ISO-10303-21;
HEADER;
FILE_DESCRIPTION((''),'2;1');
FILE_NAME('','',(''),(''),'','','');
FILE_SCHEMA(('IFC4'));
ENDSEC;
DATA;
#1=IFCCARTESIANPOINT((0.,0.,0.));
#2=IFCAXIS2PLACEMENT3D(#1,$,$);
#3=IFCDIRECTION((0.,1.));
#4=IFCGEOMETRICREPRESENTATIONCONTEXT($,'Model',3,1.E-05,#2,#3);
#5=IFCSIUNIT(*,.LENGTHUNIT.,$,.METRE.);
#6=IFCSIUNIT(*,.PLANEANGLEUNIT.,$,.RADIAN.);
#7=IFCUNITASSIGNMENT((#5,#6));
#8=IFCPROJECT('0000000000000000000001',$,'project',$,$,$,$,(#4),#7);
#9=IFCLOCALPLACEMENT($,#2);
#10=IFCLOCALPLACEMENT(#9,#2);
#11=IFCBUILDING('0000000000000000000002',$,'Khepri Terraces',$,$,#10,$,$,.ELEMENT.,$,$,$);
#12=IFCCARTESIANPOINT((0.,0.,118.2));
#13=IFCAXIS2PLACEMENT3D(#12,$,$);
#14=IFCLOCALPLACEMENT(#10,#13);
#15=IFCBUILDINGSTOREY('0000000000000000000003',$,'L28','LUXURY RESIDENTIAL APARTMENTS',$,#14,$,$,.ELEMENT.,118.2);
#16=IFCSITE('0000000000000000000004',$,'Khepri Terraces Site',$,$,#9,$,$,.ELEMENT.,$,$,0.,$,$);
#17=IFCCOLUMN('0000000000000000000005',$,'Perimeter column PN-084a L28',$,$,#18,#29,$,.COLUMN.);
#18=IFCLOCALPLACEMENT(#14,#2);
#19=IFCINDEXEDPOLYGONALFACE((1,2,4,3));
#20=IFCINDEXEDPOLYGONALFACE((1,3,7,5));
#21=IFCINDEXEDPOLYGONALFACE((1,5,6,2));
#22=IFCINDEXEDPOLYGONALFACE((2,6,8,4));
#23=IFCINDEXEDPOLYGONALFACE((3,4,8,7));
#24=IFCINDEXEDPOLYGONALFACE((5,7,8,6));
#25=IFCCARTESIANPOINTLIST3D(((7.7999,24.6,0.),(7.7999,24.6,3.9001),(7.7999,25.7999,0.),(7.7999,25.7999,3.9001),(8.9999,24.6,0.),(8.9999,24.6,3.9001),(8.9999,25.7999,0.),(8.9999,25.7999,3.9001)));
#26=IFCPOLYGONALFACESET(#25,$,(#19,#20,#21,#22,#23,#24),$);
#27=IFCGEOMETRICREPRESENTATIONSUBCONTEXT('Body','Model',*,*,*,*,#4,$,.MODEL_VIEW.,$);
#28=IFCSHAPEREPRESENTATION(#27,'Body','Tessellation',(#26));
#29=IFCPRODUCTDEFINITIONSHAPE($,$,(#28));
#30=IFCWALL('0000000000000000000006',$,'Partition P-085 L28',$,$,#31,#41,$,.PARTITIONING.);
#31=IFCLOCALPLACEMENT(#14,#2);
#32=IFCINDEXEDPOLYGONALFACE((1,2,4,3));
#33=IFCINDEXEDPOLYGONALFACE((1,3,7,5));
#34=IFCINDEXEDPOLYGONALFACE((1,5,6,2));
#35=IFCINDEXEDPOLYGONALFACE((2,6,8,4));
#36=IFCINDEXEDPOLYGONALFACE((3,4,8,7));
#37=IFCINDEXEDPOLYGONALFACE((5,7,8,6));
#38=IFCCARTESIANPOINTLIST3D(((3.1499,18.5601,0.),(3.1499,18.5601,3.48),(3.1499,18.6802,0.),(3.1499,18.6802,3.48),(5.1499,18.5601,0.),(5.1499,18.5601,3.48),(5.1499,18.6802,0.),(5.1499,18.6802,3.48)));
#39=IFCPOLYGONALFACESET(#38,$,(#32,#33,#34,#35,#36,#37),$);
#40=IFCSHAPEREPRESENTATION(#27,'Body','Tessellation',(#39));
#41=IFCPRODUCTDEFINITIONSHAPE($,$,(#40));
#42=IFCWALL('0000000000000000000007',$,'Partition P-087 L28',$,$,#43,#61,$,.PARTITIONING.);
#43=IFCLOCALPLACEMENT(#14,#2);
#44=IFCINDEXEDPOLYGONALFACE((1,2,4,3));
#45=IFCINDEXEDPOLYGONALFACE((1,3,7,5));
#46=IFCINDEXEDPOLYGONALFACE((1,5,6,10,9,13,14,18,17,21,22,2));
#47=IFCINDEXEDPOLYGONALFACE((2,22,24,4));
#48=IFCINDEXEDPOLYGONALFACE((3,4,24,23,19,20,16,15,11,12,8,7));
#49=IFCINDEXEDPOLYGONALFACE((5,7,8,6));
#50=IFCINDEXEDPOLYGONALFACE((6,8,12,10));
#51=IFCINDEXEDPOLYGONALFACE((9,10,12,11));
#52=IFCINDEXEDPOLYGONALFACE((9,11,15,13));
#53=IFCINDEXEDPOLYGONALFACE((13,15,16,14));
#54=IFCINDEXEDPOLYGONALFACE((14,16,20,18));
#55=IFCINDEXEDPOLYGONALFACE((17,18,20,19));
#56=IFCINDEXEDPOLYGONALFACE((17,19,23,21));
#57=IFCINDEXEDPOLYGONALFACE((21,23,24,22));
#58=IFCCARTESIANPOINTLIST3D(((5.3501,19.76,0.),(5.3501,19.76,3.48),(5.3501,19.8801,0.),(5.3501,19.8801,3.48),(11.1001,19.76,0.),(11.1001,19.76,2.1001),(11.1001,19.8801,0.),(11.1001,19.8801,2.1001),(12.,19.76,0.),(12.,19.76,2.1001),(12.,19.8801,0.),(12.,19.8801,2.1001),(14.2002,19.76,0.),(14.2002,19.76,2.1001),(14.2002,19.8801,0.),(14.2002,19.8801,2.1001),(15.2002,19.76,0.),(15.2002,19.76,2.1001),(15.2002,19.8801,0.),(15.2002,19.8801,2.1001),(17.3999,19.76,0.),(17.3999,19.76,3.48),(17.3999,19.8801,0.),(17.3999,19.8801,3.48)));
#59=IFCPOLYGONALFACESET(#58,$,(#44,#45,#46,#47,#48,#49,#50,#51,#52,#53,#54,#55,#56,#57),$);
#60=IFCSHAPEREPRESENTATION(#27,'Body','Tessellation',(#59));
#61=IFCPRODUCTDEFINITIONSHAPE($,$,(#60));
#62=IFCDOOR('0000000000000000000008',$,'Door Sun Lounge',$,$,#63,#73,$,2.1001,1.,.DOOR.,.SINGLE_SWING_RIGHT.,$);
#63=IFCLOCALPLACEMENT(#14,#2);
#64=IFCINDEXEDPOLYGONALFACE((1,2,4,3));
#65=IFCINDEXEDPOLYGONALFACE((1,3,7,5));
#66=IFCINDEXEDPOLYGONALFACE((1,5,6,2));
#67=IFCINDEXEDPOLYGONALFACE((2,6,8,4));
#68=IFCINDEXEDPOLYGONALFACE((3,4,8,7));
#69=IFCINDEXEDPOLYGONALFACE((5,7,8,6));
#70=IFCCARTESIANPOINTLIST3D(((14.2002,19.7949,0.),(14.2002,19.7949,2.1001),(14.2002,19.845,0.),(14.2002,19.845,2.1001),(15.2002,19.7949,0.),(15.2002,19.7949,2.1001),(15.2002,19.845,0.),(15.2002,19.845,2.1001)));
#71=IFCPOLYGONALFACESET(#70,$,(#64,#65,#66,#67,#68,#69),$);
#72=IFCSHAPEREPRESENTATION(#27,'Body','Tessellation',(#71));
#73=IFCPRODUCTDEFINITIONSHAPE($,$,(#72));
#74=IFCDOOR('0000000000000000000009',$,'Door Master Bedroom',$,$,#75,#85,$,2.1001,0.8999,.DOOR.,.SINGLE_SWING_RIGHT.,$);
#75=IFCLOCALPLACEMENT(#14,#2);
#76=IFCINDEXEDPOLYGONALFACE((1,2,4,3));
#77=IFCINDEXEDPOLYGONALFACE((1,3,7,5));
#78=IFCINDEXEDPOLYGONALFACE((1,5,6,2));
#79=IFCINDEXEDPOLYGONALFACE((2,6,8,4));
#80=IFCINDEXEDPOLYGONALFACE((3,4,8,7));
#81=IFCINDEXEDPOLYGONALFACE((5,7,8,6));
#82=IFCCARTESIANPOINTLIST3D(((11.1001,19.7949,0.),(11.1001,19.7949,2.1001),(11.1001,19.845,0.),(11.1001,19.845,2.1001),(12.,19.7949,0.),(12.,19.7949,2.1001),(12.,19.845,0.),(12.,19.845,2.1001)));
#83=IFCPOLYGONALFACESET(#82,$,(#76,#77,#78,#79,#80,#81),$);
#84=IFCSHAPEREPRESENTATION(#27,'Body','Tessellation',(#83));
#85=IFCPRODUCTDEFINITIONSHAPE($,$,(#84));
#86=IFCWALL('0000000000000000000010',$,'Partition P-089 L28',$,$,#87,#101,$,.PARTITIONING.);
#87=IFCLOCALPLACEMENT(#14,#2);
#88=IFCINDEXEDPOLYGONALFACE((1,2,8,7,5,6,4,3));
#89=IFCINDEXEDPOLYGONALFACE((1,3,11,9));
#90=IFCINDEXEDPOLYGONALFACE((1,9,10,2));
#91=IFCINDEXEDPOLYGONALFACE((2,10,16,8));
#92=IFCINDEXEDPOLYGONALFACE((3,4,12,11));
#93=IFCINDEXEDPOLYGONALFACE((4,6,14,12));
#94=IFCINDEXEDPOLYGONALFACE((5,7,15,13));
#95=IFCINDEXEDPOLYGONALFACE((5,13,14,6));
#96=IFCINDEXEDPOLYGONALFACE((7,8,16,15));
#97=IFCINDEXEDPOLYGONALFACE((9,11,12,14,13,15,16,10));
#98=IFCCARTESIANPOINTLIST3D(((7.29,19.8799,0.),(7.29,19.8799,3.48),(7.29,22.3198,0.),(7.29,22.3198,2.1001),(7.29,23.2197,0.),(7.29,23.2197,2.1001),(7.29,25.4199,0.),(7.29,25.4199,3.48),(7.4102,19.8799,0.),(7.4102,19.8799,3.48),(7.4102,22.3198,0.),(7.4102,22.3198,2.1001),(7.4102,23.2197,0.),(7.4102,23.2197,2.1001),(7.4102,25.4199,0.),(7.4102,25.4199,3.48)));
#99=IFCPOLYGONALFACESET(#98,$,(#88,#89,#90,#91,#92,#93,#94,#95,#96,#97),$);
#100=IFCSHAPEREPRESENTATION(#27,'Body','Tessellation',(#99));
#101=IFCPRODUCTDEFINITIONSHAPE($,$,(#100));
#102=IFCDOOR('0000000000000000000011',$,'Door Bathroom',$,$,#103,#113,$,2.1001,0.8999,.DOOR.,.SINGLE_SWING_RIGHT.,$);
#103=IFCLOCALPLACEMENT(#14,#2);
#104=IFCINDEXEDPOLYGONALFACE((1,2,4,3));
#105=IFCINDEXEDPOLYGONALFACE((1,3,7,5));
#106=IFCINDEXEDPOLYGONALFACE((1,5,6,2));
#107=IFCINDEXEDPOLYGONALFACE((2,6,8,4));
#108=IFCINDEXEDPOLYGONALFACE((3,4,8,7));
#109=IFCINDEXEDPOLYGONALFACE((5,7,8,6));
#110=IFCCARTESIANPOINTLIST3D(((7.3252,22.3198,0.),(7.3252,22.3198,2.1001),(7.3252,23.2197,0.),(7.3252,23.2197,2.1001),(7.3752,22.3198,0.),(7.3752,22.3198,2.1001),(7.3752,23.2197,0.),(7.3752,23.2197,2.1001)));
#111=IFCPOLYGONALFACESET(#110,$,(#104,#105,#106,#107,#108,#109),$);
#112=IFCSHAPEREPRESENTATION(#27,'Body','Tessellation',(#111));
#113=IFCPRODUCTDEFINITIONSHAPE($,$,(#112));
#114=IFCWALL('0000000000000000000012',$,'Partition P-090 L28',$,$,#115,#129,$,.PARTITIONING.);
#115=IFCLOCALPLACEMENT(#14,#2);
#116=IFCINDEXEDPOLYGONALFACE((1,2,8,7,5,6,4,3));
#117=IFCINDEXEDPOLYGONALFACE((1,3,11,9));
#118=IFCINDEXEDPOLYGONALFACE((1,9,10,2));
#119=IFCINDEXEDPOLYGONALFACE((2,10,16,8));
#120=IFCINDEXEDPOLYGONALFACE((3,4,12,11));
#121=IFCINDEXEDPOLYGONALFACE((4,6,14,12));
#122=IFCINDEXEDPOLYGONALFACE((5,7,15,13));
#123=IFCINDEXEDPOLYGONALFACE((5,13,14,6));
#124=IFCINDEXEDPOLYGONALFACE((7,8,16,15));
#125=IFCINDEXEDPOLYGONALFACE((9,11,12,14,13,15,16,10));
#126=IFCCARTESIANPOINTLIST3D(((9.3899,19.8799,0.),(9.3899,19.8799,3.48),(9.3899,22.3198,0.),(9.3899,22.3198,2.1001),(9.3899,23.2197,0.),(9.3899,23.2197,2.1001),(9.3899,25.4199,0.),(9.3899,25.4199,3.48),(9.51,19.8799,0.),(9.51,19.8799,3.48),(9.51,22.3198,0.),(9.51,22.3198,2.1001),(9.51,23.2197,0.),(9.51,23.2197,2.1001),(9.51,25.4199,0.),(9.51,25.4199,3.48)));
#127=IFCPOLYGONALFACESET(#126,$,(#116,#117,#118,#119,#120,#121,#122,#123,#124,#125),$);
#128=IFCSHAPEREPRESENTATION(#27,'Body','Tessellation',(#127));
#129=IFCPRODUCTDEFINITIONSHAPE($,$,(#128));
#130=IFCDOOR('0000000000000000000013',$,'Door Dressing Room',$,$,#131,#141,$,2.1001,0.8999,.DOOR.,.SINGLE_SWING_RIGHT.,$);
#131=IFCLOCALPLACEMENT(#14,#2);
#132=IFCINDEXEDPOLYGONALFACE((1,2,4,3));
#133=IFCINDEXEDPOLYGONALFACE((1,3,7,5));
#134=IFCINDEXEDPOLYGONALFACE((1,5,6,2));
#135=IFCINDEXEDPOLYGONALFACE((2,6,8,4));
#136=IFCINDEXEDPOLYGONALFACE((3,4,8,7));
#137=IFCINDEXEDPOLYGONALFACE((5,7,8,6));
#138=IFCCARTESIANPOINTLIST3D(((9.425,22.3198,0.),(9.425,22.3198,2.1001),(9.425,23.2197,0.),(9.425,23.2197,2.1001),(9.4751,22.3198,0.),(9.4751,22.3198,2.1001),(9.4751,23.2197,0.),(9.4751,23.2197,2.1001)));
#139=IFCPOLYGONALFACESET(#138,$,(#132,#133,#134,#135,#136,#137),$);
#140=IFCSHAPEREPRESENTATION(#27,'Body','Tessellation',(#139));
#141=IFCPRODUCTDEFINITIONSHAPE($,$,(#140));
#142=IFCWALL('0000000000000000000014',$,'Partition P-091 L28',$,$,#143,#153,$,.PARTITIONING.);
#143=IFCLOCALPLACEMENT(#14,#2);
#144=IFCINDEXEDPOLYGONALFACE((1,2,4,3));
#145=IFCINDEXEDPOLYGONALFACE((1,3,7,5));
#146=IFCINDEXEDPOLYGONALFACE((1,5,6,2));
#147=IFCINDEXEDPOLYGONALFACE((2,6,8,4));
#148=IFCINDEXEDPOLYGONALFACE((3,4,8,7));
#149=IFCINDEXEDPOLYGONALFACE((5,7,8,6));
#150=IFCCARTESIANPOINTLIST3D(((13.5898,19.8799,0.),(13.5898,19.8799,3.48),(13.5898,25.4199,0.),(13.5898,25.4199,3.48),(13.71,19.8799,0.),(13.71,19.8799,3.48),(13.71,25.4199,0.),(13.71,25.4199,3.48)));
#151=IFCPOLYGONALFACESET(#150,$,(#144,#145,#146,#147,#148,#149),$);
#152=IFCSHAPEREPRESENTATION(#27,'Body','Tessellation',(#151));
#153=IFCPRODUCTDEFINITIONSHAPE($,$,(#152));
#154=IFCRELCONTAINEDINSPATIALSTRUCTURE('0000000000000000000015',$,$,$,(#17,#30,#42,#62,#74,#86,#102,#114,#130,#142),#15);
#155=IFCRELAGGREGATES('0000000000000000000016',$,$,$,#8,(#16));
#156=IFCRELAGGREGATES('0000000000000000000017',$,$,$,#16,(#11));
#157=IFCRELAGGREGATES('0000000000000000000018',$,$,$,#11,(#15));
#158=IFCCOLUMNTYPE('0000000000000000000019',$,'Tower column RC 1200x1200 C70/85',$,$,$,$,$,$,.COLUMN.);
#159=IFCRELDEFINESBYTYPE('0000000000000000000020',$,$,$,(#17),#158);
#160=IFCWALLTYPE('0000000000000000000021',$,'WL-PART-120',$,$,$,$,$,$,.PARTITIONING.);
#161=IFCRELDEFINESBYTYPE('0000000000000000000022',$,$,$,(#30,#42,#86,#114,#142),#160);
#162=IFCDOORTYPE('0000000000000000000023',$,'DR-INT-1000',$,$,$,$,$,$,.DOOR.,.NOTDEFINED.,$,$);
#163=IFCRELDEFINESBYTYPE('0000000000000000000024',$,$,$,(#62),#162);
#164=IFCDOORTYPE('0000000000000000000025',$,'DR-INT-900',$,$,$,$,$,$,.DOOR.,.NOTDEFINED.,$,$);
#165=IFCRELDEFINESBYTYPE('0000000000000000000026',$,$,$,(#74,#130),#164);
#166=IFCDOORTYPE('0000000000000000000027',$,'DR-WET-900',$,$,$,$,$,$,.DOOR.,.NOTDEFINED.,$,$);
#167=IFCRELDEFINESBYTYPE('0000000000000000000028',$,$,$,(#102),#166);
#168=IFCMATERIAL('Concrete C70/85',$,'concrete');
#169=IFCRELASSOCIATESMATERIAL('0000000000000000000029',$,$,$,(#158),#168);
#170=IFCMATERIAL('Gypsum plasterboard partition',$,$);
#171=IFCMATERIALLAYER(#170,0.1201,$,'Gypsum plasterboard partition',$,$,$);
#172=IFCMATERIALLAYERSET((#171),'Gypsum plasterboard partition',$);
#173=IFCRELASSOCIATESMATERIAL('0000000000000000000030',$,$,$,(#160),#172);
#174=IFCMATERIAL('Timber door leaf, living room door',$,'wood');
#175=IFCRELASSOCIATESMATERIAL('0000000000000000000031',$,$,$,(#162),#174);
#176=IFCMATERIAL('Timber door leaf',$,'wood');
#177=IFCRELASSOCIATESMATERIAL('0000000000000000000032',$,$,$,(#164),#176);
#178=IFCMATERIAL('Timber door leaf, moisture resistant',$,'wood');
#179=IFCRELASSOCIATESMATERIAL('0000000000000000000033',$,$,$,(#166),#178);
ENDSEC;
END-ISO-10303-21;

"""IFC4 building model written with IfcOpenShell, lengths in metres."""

from ifc_helpers import new_model, si_unit, direction, frame, frame_2d, origin, origin_2d, place, context, subcontext, project, spatial, rectangle, extrude, material, layer, layer_set, material_profile, profile_set, type_object, element, fill, save


model = new_model("IFC4")

# Units and contexts
model_context = context("Model", 3, precision=1e-05, world=origin(), true_north=direction((0.0, 1.0)))
body_context = subcontext(model_context, "Body", "Model", "MODEL_VIEW")
ifc_project = project(units=[si_unit("LENGTHUNIT", "METRE"), si_unit("PLANEANGLEUNIT", "RADIAN")], contexts=[model_context])

# Site, building, storey
site_placement = place(None, origin())
site = spatial("IfcSite", under=ifc_project, at=site_placement, Name="Khepri Terraces Site", CompositionType="ELEMENT", RefElevation=0.0)
building_placement = place(site_placement, origin())
building = spatial("IfcBuilding", under=site, at=building_placement, Name="Khepri Terraces", CompositionType="ELEMENT")
storey_placement = place(building_placement, frame((0.0, 0.0, 118.2)))
storey = spatial("IfcBuildingStorey", under=building, at=storey_placement, Name="L28", Description="LUXURY RESIDENTIAL APARTMENTS", CompositionType="ELEMENT", Elevation=118.2)

# Column
ifc_material_1 = material(Name="Concrete C70/85", Category="concrete")
ifc_material_profile = material_profile(ifc_material_1, rectangle(XDim=1.2, YDim=1.2, at=origin_2d()), Name="Concrete C70/85", Category="concrete")
ifc_profile_set = profile_set([ifc_material_profile], Name="Concrete C70/85")
column_type = type_object("IfcColumnType", Name="Tower column RC 1200x1200 C70/85", PredefinedType="COLUMN", material=ifc_profile_set)
column_placement = place(storey_placement, frame((8.3999, 25.2, 0.0), z_axis=(0.0, 0.0, 1.0), x_axis=(1.0, 0.0, 0.0)))
element("IfcColumn", 1, at=column_placement, inside=storey, type_object=column_type, Name="Perimeter column PN-084a L28", PredefinedType="COLUMN", context=body_context, shape_type="SweptSolid", body=[
    extrude(rectangle(XDim=1.2, YDim=1.2, at=origin_2d()), origin(), (0.0, 0.0, 1.0), 3.9001),
])

# Wall
ifc_material_2 = material(Name="Gypsum plasterboard partition")
ifc_layer_1 = layer(ifc_material_2, 0.1201, Name="Gypsum plasterboard partition")
ifc_layer_set_1 = layer_set([ifc_layer_1], Name="Gypsum plasterboard partition")
wall_type_1 = type_object("IfcWallType", Name="WL-PART-120", PredefinedType="PARTITIONING", material=ifc_layer_set_1)
wall_1_placement = place(storey_placement, frame((3.1499, 18.6201, 0.0), z_axis=(0.0, 0.0, 1.0), x_axis=(1.0, 0.0, 0.0)))
element("IfcWall", 2, at=wall_1_placement, inside=storey, type_object=wall_type_1, Name="Partition P-085 L28", PredefinedType="PARTITIONING", context=body_context, shape_type="SweptSolid", body=[
    extrude(rectangle(XDim=2.0, YDim=0.1201, at=frame_2d((1.0, 0.0))), origin(), (0.0, 0.0, 1.0), 3.48),
])

# Wall, openings, doors
wall_2_placement = place(storey_placement, frame((5.3501, 19.8201, 0.0), z_axis=(0.0, 0.0, 1.0), x_axis=(1.0, 0.0, 0.0)))
wall_2 = element("IfcWall", 3, at=wall_2_placement, inside=storey, type_object=wall_type_1, Name="Partition P-087 L28", PredefinedType="PARTITIONING", context=body_context, shape_type="SweptSolid", body=[
    extrude(rectangle(XDim=12.0498, YDim=0.1201, at=frame_2d((6.0249, 0.0))), origin(), (0.0, 0.0, 1.0), 3.48),
])
opening_1_placement = place(wall_2_placement, frame((8.8501, 0.0, 0.0)))
opening_1 = element("IfcOpeningElement", 4, at=opening_1_placement, cuts=wall_2, PredefinedType="OPENING", context=body_context, shape_type="SweptSolid", body=[
    extrude(rectangle(XDim=1.0, YDim=2.1001, at=frame_2d((0.5, 1.05))), frame((0.0, 0.0701, 0.0), z_axis=(0.0, -1.0, 0.0), x_axis=(1.0, 0.0, 0.0)), (0.0, 0.0, 1.0), 0.1401),
])
opening_2_placement = place(wall_2_placement, frame((5.75, 0.0, 0.0)))
opening_2 = element("IfcOpeningElement", 5, at=opening_2_placement, cuts=wall_2, PredefinedType="OPENING", context=body_context, shape_type="SweptSolid", body=[
    extrude(rectangle(XDim=0.8999, YDim=2.1001, at=frame_2d((0.45, 1.05))), frame((0.0, 0.0701, 0.0), z_axis=(0.0, -1.0, 0.0), x_axis=(1.0, 0.0, 0.0)), (0.0, 0.0, 1.0), 0.1401),
])
ifc_material_3 = material(Name="Timber door leaf, living room door", Category="wood")
door_type_1 = type_object("IfcDoorType", Name="DR-INT-1000", OperationType="NOTDEFINED", PredefinedType="DOOR", material=ifc_material_3)
door_1_placement = place(opening_1_placement, origin())
door_1 = element("IfcDoor", 6, at=door_1_placement, inside=storey, type_object=door_type_1, Name="Door Sun Lounge", OperationType="SINGLE_SWING_RIGHT", OverallHeight=2.1001, OverallWidth=1.0, PredefinedType="DOOR", context=body_context, shape_type="SweptSolid", body=[
    extrude(rectangle(XDim=1.0, YDim=2.1001, at=frame_2d((0.5, 1.05))), frame((0.0, 0.0249, 0.0), z_axis=(0.0, -1.0, 0.0), x_axis=(1.0, 0.0, 0.0)), (0.0, 0.0, 1.0), 0.05),
])
fill(opening_1, door_1)
ifc_material_4 = material(Name="Timber door leaf", Category="wood")
door_type_2 = type_object("IfcDoorType", Name="DR-INT-900", OperationType="NOTDEFINED", PredefinedType="DOOR", material=ifc_material_4)
door_2_placement = place(opening_2_placement, origin())
door_2 = element("IfcDoor", 7, at=door_2_placement, inside=storey, type_object=door_type_2, Name="Door Master Bedroom", OperationType="SINGLE_SWING_RIGHT", OverallHeight=2.1001, OverallWidth=0.8999, PredefinedType="DOOR", context=body_context, shape_type="SweptSolid", body=[
    extrude(rectangle(XDim=0.8999, YDim=2.1001, at=frame_2d((0.45, 1.05))), frame((0.0, 0.0249, 0.0), z_axis=(0.0, -1.0, 0.0), x_axis=(1.0, 0.0, 0.0)), (0.0, 0.0, 1.0), 0.05),
])
fill(opening_2, door_2)

# Walls, openings, doors
wall_3_placement = place(storey_placement, frame((7.3501, 19.8799, 0.0), z_axis=(0.0, 0.0, 1.0), x_axis=(0.0, 1.0, 0.0)))
wall_3 = element("IfcWall", 8, at=wall_3_placement, inside=storey, type_object=wall_type_1, Name="Partition P-089 L28", PredefinedType="PARTITIONING", context=body_context, shape_type="SweptSolid", body=[
    extrude(rectangle(XDim=5.54, YDim=0.1201, at=frame_2d((2.77, 0.0))), origin(), (0.0, 0.0, 1.0), 3.48),
])
opening_3_placement = place(wall_3_placement, frame((2.4399, 0.0, 0.0)))
opening_3 = element("IfcOpeningElement", 9, at=opening_3_placement, cuts=wall_3, PredefinedType="OPENING", context=body_context, shape_type="SweptSolid", body=[
    extrude(rectangle(XDim=0.8999, YDim=2.1001, at=frame_2d((0.45, 1.05))), frame((0.0, 0.0701, 0.0), z_axis=(0.0, -1.0, 0.0), x_axis=(1.0, 0.0, 0.0)), (0.0, 0.0, 1.0), 0.1401),
])
ifc_material_5 = material(Name="Timber door leaf, moisture resistant", Category="wood")
door_type_3 = type_object("IfcDoorType", Name="DR-WET-900", OperationType="NOTDEFINED", PredefinedType="DOOR", material=ifc_material_5)
door_3_placement = place(opening_3_placement, origin())
door_3 = element("IfcDoor", 10, at=door_3_placement, inside=storey, type_object=door_type_3, Name="Door Bathroom", OperationType="SINGLE_SWING_RIGHT", OverallHeight=2.1001, OverallWidth=0.8999, PredefinedType="DOOR", context=body_context, shape_type="SweptSolid", body=[
    extrude(rectangle(XDim=0.8999, YDim=2.1001, at=frame_2d((0.45, 1.05))), frame((0.0, 0.0249, 0.0), z_axis=(0.0, -1.0, 0.0), x_axis=(1.0, 0.0, 0.0)), (0.0, 0.0, 1.0), 0.05),
])
fill(opening_3, door_3)
wall_4_placement = place(storey_placement, frame((9.45, 19.8799, 0.0), z_axis=(0.0, 0.0, 1.0), x_axis=(0.0, 1.0, 0.0)))
wall_4 = element("IfcWall", 11, at=wall_4_placement, inside=storey, type_object=wall_type_1, Name="Partition P-090 L28", PredefinedType="PARTITIONING", context=body_context, shape_type="SweptSolid", body=[
    extrude(rectangle(XDim=5.54, YDim=0.1201, at=frame_2d((2.77, 0.0))), origin(), (0.0, 0.0, 1.0), 3.48),
])
opening_4_placement = place(wall_4_placement, frame((2.4399, 0.0, 0.0)))
opening_4 = element("IfcOpeningElement", 12, at=opening_4_placement, cuts=wall_4, PredefinedType="OPENING", context=body_context, shape_type="SweptSolid", body=[
    extrude(rectangle(XDim=0.8999, YDim=2.1001, at=frame_2d((0.45, 1.05))), frame((0.0, 0.0701, 0.0), z_axis=(0.0, -1.0, 0.0), x_axis=(1.0, 0.0, 0.0)), (0.0, 0.0, 1.0), 0.1401),
])
door_4_placement = place(opening_4_placement, origin())
door_4 = element("IfcDoor", 13, at=door_4_placement, inside=storey, type_object=door_type_2, Name="Door Dressing Room", OperationType="SINGLE_SWING_RIGHT", OverallHeight=2.1001, OverallWidth=0.8999, PredefinedType="DOOR", context=body_context, shape_type="SweptSolid", body=[
    extrude(rectangle(XDim=0.8999, YDim=2.1001, at=frame_2d((0.45, 1.05))), frame((0.0, 0.0249, 0.0), z_axis=(0.0, -1.0, 0.0), x_axis=(1.0, 0.0, 0.0)), (0.0, 0.0, 1.0), 0.05),
])
fill(opening_4, door_4)

# Wall
wall_5_placement = place(storey_placement, frame((13.6499, 19.8799, 0.0), z_axis=(0.0, 0.0, 1.0), x_axis=(0.0, 1.0, 0.0)))
element("IfcWall", 14, at=wall_5_placement, inside=storey, type_object=wall_type_1, Name="Partition P-091 L28", PredefinedType="PARTITIONING", context=body_context, shape_type="SweptSolid", body=[
    extrude(rectangle(XDim=5.54, YDim=0.1201, at=frame_2d((2.77, 0.0))), origin(), (0.0, 0.0, 1.0), 3.48),
])

save(model, "model.ifc")
